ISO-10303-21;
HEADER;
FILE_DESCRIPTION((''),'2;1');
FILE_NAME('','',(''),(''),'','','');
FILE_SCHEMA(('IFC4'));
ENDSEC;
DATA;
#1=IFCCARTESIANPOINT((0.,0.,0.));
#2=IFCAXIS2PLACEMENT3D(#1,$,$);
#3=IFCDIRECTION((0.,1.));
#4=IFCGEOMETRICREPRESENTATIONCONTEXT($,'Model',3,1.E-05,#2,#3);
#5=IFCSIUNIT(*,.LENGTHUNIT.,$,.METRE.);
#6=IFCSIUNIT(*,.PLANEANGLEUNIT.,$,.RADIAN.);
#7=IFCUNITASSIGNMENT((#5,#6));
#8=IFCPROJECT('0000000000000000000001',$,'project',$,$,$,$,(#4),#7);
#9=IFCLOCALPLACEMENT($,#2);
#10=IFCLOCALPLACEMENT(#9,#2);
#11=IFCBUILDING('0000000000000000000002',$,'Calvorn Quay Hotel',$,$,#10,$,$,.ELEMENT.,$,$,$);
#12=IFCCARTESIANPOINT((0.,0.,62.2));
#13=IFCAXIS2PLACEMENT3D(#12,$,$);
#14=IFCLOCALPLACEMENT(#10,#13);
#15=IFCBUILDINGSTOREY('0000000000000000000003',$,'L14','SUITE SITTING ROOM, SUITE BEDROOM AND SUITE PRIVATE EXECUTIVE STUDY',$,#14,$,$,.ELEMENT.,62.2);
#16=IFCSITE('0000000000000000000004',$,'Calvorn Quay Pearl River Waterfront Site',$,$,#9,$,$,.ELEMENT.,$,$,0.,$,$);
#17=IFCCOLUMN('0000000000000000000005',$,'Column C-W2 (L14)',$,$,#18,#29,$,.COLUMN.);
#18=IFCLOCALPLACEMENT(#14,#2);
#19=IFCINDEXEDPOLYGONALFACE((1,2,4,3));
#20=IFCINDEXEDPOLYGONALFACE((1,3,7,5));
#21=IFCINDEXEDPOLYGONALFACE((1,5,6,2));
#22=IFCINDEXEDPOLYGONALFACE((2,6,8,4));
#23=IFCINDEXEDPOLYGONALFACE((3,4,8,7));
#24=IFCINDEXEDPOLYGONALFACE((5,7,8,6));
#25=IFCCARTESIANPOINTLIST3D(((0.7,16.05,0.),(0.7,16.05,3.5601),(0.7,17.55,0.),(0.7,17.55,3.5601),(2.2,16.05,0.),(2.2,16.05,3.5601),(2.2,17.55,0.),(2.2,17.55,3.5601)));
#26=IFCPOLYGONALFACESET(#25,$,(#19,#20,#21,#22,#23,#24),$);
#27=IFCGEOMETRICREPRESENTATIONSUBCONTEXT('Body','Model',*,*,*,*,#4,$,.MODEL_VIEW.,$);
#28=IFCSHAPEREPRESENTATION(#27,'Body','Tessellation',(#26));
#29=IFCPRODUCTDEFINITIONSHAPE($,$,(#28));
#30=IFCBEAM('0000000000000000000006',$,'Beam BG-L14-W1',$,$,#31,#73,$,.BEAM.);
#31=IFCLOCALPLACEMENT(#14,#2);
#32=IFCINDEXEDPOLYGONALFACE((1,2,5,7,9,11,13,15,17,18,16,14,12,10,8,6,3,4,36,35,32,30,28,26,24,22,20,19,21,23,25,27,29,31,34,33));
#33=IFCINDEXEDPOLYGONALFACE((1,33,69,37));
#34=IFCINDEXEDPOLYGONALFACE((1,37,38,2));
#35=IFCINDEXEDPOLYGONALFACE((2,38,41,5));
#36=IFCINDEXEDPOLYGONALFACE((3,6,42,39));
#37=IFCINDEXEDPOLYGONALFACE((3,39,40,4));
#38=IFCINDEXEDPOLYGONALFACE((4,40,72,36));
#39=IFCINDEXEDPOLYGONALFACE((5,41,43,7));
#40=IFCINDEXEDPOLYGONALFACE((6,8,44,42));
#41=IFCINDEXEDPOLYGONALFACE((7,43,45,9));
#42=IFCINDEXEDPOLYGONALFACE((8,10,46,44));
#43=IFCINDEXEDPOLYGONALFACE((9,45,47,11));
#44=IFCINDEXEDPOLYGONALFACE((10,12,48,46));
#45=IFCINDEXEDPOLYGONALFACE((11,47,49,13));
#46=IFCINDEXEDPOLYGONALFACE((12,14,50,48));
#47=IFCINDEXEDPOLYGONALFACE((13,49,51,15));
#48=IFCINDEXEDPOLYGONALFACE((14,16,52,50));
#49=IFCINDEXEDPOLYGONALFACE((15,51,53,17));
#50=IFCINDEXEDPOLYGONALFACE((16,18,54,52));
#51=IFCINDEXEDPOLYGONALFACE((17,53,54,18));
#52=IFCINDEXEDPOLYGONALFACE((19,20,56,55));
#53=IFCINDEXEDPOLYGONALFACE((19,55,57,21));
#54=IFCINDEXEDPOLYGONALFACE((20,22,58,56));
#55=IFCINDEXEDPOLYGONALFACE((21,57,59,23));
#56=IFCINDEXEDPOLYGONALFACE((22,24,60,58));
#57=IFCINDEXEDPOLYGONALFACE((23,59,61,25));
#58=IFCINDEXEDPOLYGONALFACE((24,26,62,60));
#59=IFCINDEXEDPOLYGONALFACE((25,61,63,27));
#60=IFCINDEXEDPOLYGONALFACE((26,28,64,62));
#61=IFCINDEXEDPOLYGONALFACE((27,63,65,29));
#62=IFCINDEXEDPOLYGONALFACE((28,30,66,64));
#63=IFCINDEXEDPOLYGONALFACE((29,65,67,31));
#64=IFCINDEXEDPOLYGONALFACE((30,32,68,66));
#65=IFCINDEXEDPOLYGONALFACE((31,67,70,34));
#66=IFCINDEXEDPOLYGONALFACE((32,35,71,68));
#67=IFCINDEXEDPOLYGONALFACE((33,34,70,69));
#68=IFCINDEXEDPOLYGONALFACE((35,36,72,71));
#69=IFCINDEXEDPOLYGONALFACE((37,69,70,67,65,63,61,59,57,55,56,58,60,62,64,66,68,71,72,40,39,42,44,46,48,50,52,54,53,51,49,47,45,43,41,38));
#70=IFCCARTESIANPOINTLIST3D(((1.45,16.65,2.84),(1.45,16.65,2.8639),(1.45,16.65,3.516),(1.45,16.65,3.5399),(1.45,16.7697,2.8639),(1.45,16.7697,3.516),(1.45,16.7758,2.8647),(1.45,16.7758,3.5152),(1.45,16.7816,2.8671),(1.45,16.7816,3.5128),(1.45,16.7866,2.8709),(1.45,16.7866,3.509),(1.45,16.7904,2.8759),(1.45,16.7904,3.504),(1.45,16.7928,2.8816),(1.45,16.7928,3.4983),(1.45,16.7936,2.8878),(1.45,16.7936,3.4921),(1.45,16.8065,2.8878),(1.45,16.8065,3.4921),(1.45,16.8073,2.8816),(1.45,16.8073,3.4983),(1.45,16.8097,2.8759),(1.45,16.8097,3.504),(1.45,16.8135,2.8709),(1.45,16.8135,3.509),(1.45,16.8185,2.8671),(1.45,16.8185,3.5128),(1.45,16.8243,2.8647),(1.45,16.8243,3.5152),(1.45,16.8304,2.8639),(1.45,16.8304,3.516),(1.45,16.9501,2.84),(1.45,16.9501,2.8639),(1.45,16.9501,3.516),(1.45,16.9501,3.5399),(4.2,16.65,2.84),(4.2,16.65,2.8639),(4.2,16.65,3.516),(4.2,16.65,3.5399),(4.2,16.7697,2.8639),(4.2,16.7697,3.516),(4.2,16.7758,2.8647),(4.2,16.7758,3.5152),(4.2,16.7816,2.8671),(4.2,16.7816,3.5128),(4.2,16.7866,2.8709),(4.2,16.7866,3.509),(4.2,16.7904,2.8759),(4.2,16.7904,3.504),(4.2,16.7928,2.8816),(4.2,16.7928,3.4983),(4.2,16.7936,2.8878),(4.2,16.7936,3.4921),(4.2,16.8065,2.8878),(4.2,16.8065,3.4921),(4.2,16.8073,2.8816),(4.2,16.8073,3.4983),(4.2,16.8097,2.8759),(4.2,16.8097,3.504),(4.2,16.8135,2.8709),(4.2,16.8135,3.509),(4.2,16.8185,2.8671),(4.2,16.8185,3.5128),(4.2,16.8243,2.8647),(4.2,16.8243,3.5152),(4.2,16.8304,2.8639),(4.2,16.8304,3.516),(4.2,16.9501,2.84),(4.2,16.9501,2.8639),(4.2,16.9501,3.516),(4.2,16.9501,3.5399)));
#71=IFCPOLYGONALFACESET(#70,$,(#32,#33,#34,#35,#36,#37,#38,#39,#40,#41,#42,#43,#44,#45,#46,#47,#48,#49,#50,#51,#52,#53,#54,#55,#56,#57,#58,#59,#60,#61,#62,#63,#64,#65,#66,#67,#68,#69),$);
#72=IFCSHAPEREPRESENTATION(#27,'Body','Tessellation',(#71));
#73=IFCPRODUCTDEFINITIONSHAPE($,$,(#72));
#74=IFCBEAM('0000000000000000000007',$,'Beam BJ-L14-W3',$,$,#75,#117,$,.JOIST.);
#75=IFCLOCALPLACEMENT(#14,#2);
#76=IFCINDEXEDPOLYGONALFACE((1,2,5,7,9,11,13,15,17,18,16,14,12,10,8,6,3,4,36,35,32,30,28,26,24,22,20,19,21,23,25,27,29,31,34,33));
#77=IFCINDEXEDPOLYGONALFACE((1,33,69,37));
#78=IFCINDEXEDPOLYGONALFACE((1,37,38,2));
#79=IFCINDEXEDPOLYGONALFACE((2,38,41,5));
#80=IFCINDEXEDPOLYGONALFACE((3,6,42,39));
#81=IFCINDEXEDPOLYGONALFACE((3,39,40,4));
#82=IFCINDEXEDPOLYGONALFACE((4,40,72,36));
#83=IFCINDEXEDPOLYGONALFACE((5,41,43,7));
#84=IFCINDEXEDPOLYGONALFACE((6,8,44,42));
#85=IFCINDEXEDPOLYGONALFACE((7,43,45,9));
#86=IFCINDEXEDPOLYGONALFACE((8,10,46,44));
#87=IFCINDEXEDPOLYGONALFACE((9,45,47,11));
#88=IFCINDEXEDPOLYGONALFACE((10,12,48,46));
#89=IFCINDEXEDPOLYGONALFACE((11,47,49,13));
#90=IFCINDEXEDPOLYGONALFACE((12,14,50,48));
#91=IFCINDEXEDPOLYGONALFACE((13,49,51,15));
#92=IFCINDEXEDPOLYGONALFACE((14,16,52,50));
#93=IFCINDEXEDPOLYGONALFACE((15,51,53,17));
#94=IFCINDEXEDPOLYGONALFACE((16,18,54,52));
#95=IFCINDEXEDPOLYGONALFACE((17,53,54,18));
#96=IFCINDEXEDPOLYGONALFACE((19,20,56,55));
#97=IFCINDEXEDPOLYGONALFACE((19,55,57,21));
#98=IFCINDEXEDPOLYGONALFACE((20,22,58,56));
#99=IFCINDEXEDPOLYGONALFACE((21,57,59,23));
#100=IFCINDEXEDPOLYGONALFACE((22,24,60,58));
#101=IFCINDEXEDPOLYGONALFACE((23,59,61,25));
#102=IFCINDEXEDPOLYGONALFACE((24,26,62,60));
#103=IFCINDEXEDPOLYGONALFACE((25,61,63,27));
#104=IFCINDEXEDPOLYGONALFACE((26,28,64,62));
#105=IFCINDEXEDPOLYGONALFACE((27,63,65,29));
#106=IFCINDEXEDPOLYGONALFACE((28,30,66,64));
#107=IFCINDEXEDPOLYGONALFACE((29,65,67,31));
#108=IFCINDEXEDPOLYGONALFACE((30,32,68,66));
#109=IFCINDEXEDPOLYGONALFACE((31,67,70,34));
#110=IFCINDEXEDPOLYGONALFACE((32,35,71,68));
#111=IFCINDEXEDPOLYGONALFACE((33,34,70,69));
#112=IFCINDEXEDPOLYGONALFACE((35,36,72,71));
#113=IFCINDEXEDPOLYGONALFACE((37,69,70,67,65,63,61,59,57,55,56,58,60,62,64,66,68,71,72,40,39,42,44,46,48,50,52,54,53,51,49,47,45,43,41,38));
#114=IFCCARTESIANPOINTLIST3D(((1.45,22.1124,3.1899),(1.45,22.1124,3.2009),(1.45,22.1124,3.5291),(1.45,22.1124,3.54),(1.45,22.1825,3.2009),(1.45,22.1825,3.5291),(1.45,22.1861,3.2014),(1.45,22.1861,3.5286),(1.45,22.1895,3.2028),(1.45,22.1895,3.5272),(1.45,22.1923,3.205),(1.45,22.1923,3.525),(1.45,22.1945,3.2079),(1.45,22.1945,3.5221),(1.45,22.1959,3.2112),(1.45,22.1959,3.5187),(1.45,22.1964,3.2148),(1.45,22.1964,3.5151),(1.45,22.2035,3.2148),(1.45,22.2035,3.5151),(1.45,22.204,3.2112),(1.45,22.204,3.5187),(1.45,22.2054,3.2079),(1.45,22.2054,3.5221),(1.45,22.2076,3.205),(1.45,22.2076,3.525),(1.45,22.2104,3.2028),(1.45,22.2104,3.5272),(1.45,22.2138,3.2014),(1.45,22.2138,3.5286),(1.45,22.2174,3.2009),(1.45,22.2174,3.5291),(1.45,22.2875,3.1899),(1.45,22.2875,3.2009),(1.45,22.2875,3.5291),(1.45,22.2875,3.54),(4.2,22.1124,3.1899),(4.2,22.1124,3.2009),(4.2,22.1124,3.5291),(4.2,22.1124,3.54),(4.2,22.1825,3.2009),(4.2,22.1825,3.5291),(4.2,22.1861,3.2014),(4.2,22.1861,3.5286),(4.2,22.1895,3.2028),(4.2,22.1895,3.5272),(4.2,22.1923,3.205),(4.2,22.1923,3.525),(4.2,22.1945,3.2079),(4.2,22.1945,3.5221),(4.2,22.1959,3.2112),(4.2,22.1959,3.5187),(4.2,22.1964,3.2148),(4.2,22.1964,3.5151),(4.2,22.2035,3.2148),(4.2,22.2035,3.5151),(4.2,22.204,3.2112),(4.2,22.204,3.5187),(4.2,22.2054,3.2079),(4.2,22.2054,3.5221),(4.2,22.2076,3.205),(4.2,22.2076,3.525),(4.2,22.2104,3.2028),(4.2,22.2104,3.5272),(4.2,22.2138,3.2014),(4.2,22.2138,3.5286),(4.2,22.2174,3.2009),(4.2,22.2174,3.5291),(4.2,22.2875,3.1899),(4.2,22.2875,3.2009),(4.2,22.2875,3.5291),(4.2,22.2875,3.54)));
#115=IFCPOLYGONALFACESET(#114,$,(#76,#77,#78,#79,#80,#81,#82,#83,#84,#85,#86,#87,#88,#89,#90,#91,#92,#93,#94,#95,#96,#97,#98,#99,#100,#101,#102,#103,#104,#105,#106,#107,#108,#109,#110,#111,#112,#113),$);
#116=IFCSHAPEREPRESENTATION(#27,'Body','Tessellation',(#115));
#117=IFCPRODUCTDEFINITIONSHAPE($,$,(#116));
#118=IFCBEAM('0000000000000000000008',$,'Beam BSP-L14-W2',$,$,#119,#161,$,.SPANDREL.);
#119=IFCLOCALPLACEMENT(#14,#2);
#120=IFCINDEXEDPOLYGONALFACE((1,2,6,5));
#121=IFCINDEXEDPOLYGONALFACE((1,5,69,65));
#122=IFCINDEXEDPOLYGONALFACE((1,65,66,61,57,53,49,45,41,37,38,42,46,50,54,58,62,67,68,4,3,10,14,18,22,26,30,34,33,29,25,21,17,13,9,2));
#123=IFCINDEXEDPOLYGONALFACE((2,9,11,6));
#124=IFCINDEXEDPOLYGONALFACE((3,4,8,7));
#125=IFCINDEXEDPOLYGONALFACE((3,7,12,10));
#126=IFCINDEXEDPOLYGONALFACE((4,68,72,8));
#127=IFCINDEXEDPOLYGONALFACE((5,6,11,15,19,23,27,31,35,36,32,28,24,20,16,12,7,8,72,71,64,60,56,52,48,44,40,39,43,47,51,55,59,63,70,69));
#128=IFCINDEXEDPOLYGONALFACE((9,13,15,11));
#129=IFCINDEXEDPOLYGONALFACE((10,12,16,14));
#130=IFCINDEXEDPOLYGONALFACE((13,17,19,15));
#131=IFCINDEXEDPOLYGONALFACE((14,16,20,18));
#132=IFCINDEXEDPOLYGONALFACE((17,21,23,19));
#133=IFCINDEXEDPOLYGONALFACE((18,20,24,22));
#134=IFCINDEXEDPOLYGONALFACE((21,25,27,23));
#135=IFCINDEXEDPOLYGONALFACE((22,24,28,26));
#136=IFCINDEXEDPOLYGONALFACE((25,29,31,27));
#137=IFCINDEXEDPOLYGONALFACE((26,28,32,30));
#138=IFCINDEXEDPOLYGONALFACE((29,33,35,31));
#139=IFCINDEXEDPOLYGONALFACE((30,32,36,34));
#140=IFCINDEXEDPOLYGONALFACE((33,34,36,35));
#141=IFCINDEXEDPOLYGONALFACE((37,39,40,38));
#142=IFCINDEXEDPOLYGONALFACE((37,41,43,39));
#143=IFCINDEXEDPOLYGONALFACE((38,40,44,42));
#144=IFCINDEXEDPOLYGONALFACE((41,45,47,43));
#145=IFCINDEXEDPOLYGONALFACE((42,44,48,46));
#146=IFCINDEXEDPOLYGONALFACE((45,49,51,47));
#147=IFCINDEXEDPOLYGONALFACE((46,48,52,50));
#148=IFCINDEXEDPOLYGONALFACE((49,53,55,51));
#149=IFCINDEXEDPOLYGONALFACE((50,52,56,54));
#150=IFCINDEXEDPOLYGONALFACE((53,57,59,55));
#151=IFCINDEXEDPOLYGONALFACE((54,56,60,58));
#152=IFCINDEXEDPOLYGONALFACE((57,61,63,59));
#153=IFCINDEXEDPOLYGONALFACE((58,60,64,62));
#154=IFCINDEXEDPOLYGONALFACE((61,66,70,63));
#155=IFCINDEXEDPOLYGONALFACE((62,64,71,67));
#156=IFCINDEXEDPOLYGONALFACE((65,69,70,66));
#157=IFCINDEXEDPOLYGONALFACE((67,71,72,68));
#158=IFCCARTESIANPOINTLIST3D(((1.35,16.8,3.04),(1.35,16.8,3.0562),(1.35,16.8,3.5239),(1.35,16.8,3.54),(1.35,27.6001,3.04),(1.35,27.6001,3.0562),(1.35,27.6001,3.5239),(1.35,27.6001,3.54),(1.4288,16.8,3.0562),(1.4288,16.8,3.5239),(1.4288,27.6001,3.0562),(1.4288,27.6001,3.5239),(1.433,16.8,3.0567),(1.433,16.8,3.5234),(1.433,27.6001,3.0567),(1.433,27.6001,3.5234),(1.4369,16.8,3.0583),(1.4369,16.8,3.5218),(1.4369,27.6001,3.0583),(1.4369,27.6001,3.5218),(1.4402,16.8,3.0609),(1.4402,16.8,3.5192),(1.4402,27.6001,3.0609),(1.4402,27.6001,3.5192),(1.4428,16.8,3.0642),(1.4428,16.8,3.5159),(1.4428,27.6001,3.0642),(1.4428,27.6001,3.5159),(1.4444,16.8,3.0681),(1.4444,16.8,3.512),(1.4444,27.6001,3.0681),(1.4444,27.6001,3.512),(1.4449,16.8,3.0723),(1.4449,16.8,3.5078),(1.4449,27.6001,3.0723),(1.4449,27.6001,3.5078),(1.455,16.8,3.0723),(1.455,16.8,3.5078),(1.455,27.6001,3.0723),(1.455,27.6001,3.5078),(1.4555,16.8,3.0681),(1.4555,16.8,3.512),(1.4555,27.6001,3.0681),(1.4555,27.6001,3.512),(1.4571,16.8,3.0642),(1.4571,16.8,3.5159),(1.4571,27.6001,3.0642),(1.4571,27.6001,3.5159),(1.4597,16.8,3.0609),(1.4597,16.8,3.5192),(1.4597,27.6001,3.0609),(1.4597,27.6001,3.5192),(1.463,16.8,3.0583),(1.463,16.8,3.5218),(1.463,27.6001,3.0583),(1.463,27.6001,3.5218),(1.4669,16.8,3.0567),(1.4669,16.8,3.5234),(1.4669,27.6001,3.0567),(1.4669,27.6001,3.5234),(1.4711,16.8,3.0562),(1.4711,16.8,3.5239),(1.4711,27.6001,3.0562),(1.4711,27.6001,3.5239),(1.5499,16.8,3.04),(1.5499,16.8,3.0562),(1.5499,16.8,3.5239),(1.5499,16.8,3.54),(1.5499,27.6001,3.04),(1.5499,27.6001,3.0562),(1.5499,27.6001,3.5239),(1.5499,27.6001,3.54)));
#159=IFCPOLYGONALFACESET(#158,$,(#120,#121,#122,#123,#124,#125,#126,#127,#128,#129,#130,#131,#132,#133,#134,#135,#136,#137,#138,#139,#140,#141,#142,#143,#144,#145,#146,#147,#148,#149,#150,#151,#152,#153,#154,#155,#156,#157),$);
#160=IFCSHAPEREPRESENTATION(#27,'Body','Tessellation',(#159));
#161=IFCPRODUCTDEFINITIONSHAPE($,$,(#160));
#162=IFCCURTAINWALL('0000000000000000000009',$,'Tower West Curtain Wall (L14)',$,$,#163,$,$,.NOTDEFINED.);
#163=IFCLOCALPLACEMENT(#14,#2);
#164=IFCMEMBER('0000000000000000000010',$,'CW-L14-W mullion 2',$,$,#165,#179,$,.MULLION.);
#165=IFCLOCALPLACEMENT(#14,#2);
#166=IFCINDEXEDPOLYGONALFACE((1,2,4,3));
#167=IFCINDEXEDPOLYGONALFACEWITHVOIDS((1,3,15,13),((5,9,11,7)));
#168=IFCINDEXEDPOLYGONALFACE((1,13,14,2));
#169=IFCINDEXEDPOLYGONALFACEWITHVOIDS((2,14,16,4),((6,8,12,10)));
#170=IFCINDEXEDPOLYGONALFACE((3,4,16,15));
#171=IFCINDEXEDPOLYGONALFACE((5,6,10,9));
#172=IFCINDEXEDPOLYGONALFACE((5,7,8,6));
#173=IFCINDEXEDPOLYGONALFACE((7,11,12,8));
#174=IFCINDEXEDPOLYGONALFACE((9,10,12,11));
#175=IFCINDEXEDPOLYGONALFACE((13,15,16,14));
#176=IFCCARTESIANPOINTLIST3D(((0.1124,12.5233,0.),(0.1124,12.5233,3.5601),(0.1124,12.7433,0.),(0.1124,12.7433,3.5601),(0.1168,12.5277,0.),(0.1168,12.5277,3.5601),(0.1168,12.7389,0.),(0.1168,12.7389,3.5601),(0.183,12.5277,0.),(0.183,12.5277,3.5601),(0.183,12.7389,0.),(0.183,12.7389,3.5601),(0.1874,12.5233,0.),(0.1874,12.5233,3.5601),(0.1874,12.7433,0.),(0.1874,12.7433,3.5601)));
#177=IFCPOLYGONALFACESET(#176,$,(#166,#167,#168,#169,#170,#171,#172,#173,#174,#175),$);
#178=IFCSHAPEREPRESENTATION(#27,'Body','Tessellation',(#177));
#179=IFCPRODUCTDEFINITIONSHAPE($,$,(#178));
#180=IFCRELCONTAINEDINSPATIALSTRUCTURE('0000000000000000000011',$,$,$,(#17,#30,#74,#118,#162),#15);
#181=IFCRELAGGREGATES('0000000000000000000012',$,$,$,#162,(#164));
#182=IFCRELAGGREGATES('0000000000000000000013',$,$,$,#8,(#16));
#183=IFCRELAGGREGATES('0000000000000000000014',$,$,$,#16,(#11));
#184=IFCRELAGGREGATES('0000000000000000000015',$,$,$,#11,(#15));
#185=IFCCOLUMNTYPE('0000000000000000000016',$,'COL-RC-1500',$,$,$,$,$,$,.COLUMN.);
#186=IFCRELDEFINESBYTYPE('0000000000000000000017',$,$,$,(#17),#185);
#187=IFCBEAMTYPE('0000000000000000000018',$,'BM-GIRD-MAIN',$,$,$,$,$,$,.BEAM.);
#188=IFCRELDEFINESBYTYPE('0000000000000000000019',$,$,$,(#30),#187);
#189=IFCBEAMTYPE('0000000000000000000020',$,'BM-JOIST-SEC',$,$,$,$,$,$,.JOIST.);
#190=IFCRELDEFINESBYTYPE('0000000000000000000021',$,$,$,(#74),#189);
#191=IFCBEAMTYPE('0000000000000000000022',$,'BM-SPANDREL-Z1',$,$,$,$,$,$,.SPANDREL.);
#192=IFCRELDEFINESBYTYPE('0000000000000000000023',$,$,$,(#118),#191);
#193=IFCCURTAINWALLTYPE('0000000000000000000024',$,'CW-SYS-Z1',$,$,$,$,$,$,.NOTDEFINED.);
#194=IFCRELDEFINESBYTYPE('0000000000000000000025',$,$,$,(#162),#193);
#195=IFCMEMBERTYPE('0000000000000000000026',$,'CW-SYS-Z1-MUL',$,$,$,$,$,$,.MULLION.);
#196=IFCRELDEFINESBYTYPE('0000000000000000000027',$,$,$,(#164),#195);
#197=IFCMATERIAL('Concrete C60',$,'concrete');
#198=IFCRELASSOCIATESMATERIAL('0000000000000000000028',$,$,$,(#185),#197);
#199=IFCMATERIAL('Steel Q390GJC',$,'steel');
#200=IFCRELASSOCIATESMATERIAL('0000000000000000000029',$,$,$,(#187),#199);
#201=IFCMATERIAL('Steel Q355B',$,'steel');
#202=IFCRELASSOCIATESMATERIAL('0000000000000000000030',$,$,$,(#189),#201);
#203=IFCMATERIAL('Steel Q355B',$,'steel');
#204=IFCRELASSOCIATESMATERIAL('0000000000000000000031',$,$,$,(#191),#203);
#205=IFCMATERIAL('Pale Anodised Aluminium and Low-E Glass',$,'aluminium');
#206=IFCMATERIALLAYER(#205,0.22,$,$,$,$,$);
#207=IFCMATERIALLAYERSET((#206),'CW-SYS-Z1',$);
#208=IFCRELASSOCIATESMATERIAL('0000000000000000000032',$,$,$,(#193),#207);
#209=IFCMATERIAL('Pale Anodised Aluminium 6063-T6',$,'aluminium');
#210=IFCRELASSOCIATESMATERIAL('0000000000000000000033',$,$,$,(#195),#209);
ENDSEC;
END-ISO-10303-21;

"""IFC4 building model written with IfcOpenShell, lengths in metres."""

from ifc_helpers import new_model, si_unit, direction, frame, origin, origin_2d, place, context, subcontext, project, spatial, rectangle, hollow_rectangle, i_section, extrude, material, layer, layer_set, material_profile, profile_set, type_object, element, aggregate, save


model = new_model("IFC4")

# Units and contexts
model_context = context("Model", 3, precision=1e-05, world=origin(), true_north=direction((0.0, 1.0)))
body_context = subcontext(model_context, "Body", "Model", "MODEL_VIEW")
ifc_project = project(units=[si_unit("LENGTHUNIT", "METRE"), si_unit("PLANEANGLEUNIT", "RADIAN")], contexts=[model_context])

# Site, building, storey
site_placement = place(None, origin())
site = spatial("IfcSite", under=ifc_project, at=site_placement, Name="Calvorn Quay Pearl River Waterfront Site", CompositionType="ELEMENT", RefElevation=0.0)
building_placement = place(site_placement, origin())
building = spatial("IfcBuilding", under=site, at=building_placement, Name="Calvorn Quay Hotel", CompositionType="ELEMENT")
storey_placement = place(building_placement, frame((0.0, 0.0, 62.2)))
storey = spatial("IfcBuildingStorey", under=building, at=storey_placement, Name="L14", Description="SUITE SITTING ROOM, SUITE BEDROOM AND SUITE PRIVATE EXECUTIVE STUDY", CompositionType="ELEMENT", Elevation=62.2)

# Column
ifc_material_1 = material(Name="Concrete C60", Category="concrete")
ifc_material_profile_1 = material_profile(ifc_material_1, rectangle(XDim=1.5, YDim=1.5, at=origin_2d()), Name="RC1500x1500")
ifc_profile_set_1 = profile_set([ifc_material_profile_1], Name="Concrete C60")
column_type = type_object("IfcColumnType", Name="COL-RC-1500", PredefinedType="COLUMN", material=ifc_profile_set_1)
column_placement = place(storey_placement, frame((1.45, 16.8, 0.0), z_axis=(0.0, 0.0, 1.0), x_axis=(1.0, 0.0, 0.0)))
element("IfcColumn", 1, at=column_placement, inside=storey, type_object=column_type, Name="Column C-W2 (L14)", PredefinedType="COLUMN", context=body_context, shape_type="SweptSolid", body=[
    extrude(rectangle(XDim=1.5, YDim=1.5, at=origin_2d()), origin(), (0.0, 0.0, 1.0), 3.5601),
])

# Beams
ifc_material_2 = material(Name="Steel Q390GJC", Category="steel")
ifc_material_profile_2 = material_profile(ifc_material_2, i_section(OverallWidth=0.3, OverallDepth=0.7, WebThickness=0.0129, FlangeThickness=0.0239, FilletRadius=0.0239, at=origin_2d()), Name="HN700x300x13x24")
ifc_profile_set_2 = profile_set([ifc_material_profile_2], Name="Steel Q390GJC")
beam_type_1 = type_object("IfcBeamType", Name="BM-GIRD-MAIN", PredefinedType="BEAM", material=ifc_profile_set_2)
beam_1_placement = place(storey_placement, frame((1.45, 16.8, 3.1899), z_axis=(1.0, 0.0, 0.0), x_axis=(0.0, 1.0, 0.0)))
element("IfcBeam", 2, at=beam_1_placement, inside=storey, type_object=beam_type_1, Name="Beam BG-L14-W1", PredefinedType="BEAM", context=body_context, shape_type="SweptSolid", body=[
    extrude(i_section(OverallWidth=0.3, OverallDepth=0.7, WebThickness=0.0129, FlangeThickness=0.0239, FilletRadius=0.0239, at=origin_2d()), origin(), (0.0, 0.0, 1.0), 2.75),
])
ifc_material_3 = material(Name="Steel Q355B", Category="steel")
ifc_material_profile_3 = material_profile(ifc_material_3, i_section(OverallWidth=0.175, OverallDepth=0.3501, WebThickness=0.0071, FlangeThickness=0.011, FilletRadius=0.0139, at=origin_2d()), Name="HN350x175x7x11")
ifc_profile_set_3 = profile_set([ifc_material_profile_3], Name="Steel Q355B")
beam_type_2 = type_object("IfcBeamType", Name="BM-JOIST-SEC", PredefinedType="JOIST", material=ifc_profile_set_3)
beam_2_placement = place(storey_placement, frame((1.45, 22.2, 3.365), z_axis=(1.0, 0.0, 0.0), x_axis=(0.0, 1.0, 0.0)))
element("IfcBeam", 3, at=beam_2_placement, inside=storey, type_object=beam_type_2, Name="Beam BJ-L14-W3", PredefinedType="JOIST", context=body_context, shape_type="SweptSolid", body=[
    extrude(i_section(OverallWidth=0.175, OverallDepth=0.3501, WebThickness=0.0071, FlangeThickness=0.011, FilletRadius=0.0139, at=origin_2d()), origin(), (0.0, 0.0, 1.0), 2.75),
])
ifc_material_4 = material(Name="Steel Q355B", Category="steel")
ifc_material_profile_4 = material_profile(ifc_material_4, i_section(OverallWidth=0.2, OverallDepth=0.5, WebThickness=0.01, FlangeThickness=0.0161, FilletRadius=0.0161, at=origin_2d()), Name="HN500x200x10x16")
ifc_profile_set_4 = profile_set([ifc_material_profile_4], Name="Steel Q355B")
beam_type_3 = type_object("IfcBeamType", Name="BM-SPANDREL-Z1", PredefinedType="SPANDREL", material=ifc_profile_set_4)
beam_3_placement = place(storey_placement, frame((1.45, 16.8, 3.29), z_axis=(0.0, 1.0, 0.0), x_axis=(-1.0, 0.0, 0.0)))
element("IfcBeam", 4, at=beam_3_placement, inside=storey, type_object=beam_type_3, Name="Beam BSP-L14-W2", PredefinedType="SPANDREL", context=body_context, shape_type="SweptSolid", body=[
    extrude(i_section(OverallWidth=0.2, OverallDepth=0.5, WebThickness=0.01, FlangeThickness=0.0161, FilletRadius=0.0161, at=origin_2d()), origin(), (0.0, 0.0, 1.0), 10.8),
])

# Curtain wall, member
ifc_material_5 = material(Name="Pale Anodised Aluminium and Low-E Glass", Category="aluminium")
ifc_layer_1 = layer(ifc_material_5, 0.22)
ifc_layer_set_1 = layer_set([ifc_layer_1], Name="CW-SYS-Z1")
curtain_wall_type = type_object("IfcCurtainWallType", Name="CW-SYS-Z1", PredefinedType="NOTDEFINED", material=ifc_layer_set_1)
curtain_wall_placement = place(storey_placement, origin())
curtain_wall = element("IfcCurtainWall", 5, at=curtain_wall_placement, inside=storey, type_object=curtain_wall_type, Name="Tower West Curtain Wall (L14)", PredefinedType="NOTDEFINED")
ifc_material_6 = material(Name="Pale Anodised Aluminium 6063-T6", Category="aluminium")
ifc_material_profile_5 = material_profile(ifc_material_6, hollow_rectangle(XDim=0.075, YDim=0.22, WallThickness=0.0044, at=origin_2d()), Name="ALU-M220x75x4.5")
ifc_profile_set_5 = profile_set([ifc_material_profile_5], Name="Pale Anodised Aluminium 6063-T6")
member_type_1 = type_object("IfcMemberType", Name="CW-SYS-Z1-MUL", PredefinedType="MULLION", material=ifc_profile_set_5)
member_1_placement = place(storey_placement, frame((0.1499, 12.6333, 0.0), z_axis=(0.0, 0.0, 1.0), x_axis=(-1.0, 0.0, 0.0)))
member_1 = element("IfcMember", 6, at=member_1_placement, type_object=member_type_1, Name="CW-L14-W mullion 2", PredefinedType="MULLION", context=body_context, shape_type="SweptSolid", body=[
    extrude(hollow_rectangle(XDim=0.075, YDim=0.22, WallThickness=0.0044, at=origin_2d()), origin(), (0.0, 0.0, 1.0), 3.5601),
])
aggregate(curtain_wall, [member_1])

save(model, "model.ifc")
